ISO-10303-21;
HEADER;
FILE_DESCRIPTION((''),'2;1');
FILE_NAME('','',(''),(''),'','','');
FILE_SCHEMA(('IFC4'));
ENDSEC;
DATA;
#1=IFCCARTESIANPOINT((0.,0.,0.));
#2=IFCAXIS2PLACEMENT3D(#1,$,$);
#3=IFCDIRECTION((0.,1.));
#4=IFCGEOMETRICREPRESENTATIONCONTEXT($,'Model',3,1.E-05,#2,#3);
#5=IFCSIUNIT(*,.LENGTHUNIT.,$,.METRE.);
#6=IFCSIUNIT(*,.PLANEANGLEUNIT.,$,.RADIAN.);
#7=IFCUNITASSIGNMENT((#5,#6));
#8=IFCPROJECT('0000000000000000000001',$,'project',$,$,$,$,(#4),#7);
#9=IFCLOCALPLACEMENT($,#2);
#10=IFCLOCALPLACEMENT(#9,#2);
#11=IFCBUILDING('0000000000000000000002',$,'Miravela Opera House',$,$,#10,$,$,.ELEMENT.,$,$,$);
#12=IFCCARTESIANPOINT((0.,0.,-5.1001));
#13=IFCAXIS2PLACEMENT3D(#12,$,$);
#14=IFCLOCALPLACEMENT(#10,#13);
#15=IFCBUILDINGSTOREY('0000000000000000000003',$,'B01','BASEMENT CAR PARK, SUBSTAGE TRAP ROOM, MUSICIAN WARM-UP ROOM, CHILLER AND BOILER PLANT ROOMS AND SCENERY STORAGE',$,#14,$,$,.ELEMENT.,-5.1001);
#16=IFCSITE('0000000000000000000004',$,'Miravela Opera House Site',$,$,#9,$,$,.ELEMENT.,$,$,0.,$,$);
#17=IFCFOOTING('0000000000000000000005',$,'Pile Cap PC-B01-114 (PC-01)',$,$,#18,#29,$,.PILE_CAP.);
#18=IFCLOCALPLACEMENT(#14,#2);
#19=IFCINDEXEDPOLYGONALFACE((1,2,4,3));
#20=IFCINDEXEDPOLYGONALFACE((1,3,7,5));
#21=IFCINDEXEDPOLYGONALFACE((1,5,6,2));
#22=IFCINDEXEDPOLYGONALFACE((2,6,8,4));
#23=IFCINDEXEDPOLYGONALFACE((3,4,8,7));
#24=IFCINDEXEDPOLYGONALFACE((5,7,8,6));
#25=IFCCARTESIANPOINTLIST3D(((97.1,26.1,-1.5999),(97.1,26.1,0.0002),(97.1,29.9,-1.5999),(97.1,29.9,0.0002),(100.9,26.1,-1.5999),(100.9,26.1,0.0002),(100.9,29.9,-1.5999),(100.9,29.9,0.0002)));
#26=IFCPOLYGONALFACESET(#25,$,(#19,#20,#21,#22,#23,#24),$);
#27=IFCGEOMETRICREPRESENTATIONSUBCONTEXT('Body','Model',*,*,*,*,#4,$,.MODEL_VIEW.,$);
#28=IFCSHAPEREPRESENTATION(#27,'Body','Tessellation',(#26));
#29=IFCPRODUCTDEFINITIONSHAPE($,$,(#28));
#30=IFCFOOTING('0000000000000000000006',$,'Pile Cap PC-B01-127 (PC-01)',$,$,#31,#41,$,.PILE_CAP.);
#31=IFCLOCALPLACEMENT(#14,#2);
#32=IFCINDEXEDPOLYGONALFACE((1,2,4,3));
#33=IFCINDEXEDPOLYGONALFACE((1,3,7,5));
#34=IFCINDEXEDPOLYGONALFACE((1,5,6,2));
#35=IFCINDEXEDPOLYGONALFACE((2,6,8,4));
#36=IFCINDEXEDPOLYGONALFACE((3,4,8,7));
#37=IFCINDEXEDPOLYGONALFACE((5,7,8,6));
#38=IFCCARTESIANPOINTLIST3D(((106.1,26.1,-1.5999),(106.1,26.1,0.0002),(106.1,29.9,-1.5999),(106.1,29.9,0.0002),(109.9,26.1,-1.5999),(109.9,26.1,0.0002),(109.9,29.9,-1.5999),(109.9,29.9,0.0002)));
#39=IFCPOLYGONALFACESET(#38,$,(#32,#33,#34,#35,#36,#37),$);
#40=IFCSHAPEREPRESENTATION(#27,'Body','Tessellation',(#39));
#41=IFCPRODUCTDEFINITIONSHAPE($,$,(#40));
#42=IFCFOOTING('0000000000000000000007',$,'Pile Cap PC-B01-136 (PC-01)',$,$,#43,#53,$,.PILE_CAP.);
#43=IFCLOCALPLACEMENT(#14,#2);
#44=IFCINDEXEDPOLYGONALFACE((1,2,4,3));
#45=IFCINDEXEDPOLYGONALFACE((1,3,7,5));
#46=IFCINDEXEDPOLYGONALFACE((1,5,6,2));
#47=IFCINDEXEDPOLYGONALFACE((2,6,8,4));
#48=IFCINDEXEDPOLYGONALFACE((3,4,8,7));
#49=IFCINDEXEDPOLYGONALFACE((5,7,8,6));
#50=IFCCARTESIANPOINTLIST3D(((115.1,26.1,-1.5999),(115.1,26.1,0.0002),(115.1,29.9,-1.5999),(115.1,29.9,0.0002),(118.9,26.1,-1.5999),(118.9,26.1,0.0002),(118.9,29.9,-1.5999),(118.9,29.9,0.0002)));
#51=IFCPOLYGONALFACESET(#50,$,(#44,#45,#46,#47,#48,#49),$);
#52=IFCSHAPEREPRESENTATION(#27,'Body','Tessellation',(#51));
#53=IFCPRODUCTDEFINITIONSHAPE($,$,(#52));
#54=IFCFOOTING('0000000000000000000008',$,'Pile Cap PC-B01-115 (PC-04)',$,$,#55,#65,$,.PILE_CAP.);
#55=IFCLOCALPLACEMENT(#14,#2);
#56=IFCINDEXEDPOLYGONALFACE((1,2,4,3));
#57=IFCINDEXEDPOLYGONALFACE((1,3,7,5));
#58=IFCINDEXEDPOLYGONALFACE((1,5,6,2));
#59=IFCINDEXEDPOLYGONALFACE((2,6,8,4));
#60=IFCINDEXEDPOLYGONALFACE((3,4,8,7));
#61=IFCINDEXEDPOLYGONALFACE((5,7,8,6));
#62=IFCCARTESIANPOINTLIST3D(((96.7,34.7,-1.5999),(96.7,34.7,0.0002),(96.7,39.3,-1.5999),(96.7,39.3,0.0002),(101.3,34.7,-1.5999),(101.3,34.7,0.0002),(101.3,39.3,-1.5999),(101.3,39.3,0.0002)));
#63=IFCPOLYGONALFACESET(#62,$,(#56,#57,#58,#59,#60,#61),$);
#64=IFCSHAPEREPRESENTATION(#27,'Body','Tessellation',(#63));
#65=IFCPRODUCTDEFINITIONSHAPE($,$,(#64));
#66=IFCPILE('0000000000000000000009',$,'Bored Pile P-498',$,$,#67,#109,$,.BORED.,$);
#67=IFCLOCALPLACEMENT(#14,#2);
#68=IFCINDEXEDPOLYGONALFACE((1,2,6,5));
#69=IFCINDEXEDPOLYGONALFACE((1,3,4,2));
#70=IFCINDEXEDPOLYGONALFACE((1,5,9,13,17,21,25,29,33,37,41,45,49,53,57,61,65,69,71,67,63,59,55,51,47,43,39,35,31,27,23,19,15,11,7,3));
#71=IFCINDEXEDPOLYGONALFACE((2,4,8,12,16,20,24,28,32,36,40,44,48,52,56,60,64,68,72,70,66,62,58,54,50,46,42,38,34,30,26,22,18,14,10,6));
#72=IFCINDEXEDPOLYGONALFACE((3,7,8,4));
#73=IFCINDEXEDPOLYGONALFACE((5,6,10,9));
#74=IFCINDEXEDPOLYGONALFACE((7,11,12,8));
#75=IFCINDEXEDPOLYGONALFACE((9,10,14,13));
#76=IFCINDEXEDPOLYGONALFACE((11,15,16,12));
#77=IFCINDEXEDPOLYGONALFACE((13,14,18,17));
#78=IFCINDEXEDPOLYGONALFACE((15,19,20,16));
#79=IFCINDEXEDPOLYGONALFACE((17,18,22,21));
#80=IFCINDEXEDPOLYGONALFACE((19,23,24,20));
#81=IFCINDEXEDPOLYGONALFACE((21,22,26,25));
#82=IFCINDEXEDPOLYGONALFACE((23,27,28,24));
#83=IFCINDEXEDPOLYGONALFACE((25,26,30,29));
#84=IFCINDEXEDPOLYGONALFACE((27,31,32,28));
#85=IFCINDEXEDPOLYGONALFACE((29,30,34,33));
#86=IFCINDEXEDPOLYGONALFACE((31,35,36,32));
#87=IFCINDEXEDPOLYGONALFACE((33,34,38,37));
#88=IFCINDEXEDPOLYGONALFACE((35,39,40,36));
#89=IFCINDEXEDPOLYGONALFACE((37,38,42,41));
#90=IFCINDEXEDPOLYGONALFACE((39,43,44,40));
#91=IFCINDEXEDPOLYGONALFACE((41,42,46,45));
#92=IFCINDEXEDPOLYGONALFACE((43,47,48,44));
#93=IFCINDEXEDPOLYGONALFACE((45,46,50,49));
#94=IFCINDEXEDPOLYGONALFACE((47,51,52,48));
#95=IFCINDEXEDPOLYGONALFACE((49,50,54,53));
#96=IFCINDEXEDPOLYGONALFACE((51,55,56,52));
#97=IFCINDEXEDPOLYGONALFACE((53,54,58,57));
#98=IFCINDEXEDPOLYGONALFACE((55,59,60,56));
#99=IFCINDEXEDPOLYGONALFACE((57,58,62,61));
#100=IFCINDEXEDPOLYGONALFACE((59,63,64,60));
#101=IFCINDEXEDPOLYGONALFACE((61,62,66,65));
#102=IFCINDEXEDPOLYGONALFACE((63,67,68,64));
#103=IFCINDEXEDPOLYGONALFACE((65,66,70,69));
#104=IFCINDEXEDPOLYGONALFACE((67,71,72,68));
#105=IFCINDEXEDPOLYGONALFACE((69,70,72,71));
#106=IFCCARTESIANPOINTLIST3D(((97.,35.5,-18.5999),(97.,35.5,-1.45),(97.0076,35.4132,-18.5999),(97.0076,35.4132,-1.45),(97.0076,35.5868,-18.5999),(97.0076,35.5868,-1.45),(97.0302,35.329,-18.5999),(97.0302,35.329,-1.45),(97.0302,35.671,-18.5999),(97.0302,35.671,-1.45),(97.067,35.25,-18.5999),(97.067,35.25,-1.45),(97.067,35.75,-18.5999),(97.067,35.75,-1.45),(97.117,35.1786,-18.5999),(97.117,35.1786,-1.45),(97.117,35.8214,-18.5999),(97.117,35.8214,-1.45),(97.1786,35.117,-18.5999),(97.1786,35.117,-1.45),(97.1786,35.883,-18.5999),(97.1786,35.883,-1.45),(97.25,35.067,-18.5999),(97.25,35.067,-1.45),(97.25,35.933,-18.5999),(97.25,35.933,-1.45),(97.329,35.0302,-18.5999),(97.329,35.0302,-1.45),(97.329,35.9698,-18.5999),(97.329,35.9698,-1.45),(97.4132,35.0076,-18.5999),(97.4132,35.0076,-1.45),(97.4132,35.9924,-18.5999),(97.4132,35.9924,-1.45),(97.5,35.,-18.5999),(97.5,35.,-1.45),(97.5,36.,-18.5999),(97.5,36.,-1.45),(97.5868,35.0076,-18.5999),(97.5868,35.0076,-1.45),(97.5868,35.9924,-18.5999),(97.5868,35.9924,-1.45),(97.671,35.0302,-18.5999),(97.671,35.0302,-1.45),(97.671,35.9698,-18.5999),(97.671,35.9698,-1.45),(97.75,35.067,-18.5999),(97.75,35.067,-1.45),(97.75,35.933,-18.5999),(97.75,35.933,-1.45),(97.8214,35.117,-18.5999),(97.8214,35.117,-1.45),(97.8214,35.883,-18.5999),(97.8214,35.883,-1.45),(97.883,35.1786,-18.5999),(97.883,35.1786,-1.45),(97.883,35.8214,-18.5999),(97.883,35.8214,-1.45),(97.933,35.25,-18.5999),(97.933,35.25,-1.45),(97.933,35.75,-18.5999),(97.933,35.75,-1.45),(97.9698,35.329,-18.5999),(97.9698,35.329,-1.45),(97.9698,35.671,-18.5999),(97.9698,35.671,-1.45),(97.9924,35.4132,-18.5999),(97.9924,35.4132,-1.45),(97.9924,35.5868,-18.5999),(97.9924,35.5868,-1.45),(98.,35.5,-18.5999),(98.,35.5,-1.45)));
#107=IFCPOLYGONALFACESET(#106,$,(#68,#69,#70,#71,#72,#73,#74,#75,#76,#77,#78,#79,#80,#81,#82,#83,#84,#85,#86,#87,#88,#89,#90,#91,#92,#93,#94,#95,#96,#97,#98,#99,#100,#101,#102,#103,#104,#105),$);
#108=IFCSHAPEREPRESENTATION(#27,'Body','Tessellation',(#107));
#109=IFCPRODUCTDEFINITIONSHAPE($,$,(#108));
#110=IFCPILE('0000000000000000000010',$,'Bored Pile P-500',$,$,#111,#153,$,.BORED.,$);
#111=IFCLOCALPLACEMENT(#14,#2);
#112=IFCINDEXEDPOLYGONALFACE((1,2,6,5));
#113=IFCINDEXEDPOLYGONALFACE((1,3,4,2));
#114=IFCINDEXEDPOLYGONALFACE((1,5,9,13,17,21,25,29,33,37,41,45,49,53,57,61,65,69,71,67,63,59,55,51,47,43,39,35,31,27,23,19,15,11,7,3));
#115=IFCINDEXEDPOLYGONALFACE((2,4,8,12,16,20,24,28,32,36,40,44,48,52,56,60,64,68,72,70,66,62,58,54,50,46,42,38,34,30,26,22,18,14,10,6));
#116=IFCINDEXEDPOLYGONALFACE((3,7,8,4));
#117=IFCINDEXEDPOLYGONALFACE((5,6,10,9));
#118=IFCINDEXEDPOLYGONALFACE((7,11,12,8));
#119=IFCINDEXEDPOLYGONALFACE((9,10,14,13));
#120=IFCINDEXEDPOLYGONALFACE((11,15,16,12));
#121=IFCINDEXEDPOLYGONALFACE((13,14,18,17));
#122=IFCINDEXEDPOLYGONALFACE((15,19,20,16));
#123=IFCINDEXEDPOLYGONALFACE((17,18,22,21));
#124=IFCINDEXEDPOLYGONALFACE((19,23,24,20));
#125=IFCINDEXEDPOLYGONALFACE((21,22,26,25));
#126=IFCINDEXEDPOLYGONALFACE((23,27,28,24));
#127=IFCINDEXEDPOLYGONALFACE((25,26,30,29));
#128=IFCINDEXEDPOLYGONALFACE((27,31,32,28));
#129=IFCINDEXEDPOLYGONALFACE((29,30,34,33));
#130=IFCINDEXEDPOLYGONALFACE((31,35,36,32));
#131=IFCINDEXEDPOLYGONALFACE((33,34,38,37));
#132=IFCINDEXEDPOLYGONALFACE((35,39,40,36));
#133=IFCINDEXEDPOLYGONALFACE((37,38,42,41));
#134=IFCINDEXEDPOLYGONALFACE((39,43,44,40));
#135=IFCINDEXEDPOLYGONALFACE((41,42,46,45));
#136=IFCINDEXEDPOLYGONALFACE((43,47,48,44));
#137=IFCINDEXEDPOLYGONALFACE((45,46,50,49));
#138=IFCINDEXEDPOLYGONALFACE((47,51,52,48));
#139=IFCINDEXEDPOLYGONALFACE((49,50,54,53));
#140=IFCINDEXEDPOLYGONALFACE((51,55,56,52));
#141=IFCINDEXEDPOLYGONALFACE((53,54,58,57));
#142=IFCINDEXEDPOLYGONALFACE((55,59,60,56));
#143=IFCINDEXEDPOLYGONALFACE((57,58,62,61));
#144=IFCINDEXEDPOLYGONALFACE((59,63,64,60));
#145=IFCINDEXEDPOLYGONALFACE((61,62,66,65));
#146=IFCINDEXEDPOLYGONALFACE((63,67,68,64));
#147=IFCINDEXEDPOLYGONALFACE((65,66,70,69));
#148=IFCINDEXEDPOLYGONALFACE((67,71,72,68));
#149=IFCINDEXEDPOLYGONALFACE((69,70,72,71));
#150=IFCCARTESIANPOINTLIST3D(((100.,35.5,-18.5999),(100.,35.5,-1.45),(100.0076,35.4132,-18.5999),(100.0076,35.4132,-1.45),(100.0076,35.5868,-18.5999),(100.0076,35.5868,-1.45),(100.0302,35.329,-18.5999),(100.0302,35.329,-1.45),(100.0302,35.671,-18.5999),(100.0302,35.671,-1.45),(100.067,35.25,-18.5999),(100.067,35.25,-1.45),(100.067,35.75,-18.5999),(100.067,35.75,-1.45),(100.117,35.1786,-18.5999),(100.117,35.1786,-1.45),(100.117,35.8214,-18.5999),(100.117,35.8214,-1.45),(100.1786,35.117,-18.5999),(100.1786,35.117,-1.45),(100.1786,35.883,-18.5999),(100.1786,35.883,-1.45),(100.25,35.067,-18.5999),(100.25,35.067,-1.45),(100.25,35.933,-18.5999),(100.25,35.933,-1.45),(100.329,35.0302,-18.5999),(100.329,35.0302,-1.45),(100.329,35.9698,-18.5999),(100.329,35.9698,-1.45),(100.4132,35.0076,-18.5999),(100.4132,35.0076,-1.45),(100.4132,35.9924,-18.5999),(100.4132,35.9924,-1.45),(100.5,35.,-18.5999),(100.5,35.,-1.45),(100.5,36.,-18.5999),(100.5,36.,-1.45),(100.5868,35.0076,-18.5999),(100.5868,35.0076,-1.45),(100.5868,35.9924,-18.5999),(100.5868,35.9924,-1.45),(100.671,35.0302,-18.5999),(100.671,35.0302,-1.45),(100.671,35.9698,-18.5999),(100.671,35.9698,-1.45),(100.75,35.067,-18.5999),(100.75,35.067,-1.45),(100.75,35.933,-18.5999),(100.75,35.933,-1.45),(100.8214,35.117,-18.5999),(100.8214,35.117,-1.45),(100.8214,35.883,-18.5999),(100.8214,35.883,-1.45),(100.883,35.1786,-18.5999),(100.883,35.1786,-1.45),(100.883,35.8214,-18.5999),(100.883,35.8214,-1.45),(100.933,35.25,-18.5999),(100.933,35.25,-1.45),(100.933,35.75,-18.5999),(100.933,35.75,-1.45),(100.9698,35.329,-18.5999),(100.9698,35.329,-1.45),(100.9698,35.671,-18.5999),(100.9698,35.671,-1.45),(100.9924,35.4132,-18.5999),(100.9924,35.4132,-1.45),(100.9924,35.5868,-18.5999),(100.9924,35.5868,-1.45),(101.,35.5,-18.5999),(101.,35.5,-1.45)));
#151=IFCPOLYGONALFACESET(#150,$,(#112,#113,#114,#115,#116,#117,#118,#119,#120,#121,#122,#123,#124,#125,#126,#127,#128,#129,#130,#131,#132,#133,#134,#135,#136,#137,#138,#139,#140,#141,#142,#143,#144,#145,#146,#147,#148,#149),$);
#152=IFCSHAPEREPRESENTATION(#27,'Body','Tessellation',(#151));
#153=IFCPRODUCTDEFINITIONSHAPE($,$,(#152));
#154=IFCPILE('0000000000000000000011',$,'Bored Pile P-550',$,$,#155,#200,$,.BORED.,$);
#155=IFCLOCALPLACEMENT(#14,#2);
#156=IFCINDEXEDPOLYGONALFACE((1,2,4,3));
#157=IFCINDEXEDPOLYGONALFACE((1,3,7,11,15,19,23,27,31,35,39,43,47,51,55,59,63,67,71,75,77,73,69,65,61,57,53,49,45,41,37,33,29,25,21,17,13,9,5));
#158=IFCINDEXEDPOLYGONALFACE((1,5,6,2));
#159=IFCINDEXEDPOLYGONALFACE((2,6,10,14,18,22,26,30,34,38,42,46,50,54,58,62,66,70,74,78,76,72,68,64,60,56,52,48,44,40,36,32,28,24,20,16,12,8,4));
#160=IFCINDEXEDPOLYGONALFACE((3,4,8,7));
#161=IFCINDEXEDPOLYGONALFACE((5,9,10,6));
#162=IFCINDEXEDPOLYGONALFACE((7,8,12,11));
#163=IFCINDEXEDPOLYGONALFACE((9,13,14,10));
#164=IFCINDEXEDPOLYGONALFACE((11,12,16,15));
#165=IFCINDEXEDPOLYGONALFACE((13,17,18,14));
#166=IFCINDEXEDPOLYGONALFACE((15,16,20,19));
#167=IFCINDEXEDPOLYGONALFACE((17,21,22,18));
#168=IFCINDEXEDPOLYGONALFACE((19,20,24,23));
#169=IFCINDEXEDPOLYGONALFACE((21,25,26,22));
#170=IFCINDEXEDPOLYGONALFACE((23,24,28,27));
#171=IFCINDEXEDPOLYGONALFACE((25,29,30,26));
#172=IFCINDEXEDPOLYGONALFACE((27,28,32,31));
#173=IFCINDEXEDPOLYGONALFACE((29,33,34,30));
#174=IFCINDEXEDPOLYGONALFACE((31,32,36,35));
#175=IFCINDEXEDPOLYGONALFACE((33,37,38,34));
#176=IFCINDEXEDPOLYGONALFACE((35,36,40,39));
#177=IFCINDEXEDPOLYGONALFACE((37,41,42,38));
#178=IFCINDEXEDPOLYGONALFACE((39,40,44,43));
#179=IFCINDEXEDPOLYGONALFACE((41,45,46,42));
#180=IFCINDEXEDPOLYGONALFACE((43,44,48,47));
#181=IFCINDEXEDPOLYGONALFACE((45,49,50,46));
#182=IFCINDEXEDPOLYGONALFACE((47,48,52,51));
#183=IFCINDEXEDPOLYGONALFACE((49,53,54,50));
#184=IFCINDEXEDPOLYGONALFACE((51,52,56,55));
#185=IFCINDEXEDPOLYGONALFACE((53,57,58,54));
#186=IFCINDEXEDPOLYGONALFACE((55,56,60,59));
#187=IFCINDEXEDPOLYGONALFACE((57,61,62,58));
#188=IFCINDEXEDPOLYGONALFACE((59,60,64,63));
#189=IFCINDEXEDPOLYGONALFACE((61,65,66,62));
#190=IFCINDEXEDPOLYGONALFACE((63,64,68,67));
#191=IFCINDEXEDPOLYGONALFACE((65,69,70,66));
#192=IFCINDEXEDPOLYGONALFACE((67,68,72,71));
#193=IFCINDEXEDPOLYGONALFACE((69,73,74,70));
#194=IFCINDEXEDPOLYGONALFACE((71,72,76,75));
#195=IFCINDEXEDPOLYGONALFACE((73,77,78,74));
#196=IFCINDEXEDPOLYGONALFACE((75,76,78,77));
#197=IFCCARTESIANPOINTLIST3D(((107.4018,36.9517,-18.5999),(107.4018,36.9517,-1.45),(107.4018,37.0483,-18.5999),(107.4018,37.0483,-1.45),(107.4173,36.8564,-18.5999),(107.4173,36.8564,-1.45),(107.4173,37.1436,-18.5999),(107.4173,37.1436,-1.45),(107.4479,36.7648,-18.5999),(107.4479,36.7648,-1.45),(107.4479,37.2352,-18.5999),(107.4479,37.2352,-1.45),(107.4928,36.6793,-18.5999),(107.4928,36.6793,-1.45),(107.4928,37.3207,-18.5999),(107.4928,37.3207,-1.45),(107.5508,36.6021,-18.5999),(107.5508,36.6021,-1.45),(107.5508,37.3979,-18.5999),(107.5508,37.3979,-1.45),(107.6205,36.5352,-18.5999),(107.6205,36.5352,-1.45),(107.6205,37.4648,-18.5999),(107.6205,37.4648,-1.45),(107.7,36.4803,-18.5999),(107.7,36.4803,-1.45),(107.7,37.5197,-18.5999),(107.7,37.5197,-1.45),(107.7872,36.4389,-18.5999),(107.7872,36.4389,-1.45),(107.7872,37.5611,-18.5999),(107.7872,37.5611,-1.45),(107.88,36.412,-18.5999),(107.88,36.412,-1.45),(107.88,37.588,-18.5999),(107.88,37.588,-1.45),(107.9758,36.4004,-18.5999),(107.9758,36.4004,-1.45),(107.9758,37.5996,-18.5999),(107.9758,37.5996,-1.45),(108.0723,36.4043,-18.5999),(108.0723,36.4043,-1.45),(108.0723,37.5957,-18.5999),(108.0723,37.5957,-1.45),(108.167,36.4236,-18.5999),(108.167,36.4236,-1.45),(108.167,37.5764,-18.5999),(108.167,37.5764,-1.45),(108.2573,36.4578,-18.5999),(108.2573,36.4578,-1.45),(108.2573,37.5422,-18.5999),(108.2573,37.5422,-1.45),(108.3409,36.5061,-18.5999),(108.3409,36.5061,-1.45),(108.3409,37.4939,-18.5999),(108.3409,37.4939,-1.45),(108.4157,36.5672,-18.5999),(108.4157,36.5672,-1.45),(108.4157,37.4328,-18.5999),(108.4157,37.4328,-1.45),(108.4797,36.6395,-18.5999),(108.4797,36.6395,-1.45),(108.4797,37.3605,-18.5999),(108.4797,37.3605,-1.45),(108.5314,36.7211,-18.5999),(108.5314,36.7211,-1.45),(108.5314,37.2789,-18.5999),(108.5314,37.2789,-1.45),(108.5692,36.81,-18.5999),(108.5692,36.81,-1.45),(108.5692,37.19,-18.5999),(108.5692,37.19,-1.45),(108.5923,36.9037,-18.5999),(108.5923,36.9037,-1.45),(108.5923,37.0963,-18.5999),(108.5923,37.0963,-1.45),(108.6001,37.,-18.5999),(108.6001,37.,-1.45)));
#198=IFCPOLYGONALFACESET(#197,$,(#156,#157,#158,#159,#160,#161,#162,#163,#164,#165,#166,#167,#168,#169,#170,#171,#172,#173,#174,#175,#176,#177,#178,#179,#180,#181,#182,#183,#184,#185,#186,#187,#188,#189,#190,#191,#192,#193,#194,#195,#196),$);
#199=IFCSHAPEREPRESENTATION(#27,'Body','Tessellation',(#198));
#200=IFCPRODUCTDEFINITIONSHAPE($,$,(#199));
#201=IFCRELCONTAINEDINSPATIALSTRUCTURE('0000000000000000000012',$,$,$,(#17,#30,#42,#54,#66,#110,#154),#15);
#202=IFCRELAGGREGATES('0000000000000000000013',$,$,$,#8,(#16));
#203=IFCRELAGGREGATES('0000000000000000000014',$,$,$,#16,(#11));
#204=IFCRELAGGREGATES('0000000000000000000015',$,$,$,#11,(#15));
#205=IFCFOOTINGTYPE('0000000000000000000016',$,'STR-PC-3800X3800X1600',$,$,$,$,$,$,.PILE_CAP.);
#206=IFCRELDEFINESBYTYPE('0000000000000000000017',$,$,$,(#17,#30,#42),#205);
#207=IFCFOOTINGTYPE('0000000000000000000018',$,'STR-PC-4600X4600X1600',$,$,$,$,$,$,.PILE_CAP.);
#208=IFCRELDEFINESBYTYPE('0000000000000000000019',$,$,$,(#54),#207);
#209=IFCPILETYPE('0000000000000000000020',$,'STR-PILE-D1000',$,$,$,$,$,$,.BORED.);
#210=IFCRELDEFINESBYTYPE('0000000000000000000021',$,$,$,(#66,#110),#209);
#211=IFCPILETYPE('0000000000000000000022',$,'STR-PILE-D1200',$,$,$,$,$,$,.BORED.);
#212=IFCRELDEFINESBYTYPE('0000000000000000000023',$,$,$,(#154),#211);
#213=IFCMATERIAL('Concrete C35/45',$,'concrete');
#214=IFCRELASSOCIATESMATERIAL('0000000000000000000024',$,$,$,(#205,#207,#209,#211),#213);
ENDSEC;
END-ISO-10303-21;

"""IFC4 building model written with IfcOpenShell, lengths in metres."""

from ifc_helpers import new_model, si_unit, direction, frame, origin, origin_2d, place, context, subcontext, project, spatial, rectangle, circle, extrude, material, material_profile, profile_set, type_object, element, save


model = new_model("IFC4")

# Units and contexts
model_context = context("Model", 3, precision=1e-05, world=origin(), true_north=direction((0.0, 1.0)))
body_context = subcontext(model_context, "Body", "Model", "MODEL_VIEW")
ifc_project = project(units=[si_unit("LENGTHUNIT", "METRE"), si_unit("PLANEANGLEUNIT", "RADIAN")], contexts=[model_context])

# Site, building, storey
site_placement = place(None, origin())
site = spatial("IfcSite", under=ifc_project, at=site_placement, Name="Miravela Opera House Site", CompositionType="ELEMENT", RefElevation=0.0)
building_placement = place(site_placement, origin())
building = spatial("IfcBuilding", under=site, at=building_placement, Name="Miravela Opera House", CompositionType="ELEMENT")
storey_placement = place(building_placement, frame((0.0, 0.0, -5.1001)))
storey = spatial("IfcBuildingStorey", under=building, at=storey_placement, Name="B01", Description="BASEMENT CAR PARK, SUBSTAGE TRAP ROOM, MUSICIAN WARM-UP ROOM, CHILLER AND BOILER PLANT ROOMS AND SCENERY STORAGE", CompositionType="ELEMENT", Elevation=-5.1001)

# Footings
ifc_material_1 = material(Name="Concrete C35/45", Category="concrete")
footing_type_1 = type_object("IfcFootingType", Name="STR-PC-3800X3800X1600", PredefinedType="PILE_CAP", material=ifc_material_1)
for number, where, z_axis, x_axis, name in (
    (1, (99.0, 28.0, -1.5999), (0.0, 0.0, 1.0), (1.0, 0.0, 0.0), "Pile Cap PC-B01-114 (PC-01)"),
    (2, (108.0, 28.0, -1.5999), (0.0, 0.0, 1.0), (1.0, 0.0, 0.0), "Pile Cap PC-B01-127 (PC-01)"),
    (3, (117.0, 28.0, -1.5999), (0.0, 0.0, 1.0), (1.0, 0.0, 0.0), "Pile Cap PC-B01-136 (PC-01)"),
):
    element("IfcFooting", number, at=place(storey_placement, frame(where, z_axis=z_axis, x_axis=x_axis)), inside=storey, type_object=footing_type_1, Name=name, PredefinedType="PILE_CAP", context=body_context, shape_type="SweptSolid", body=[
        extrude(rectangle(XDim=3.8, YDim=3.8, at=origin_2d()), origin(), (0.0, 0.0, 1.0), 1.6001),
    ])
footing_type_2 = type_object("IfcFootingType", Name="STR-PC-4600X4600X1600", PredefinedType="PILE_CAP", material=ifc_material_1)
footing_placement = place(storey_placement, frame((99.0, 37.0, -1.5999), z_axis=(0.0, 0.0, 1.0), x_axis=(1.0, 0.0, 0.0)))
element("IfcFooting", 4, at=footing_placement, inside=storey, type_object=footing_type_2, Name="Pile Cap PC-B01-115 (PC-04)", PredefinedType="PILE_CAP", context=body_context, shape_type="SweptSolid", body=[
    extrude(rectangle(XDim=4.6001, YDim=4.6001, at=origin_2d()), origin(), (0.0, 0.0, 1.0), 1.6001),
])

# Piles
ifc_material_profile_1 = material_profile(ifc_material_1, circle(Radius=0.5, at=origin_2d()), Name="PILE-D1000")
ifc_profile_set_1 = profile_set([ifc_material_profile_1])
pile_type_1 = type_object("IfcPileType", Name="STR-PILE-D1000", PredefinedType="BORED", material=ifc_profile_set_1)
for number, where, z_axis, x_axis, name in (
    (5, (97.5, 35.5, -1.45), (0.0, 0.0, -1.0), (1.0, 0.0, 0.0), "Bored Pile P-498"),
    (6, (100.5, 35.5, -1.45), (0.0, 0.0, -1.0), (1.0, 0.0, 0.0), "Bored Pile P-500"),
):
    element("IfcPile", number, at=place(storey_placement, frame(where, z_axis=z_axis, x_axis=x_axis)), inside=storey, type_object=pile_type_1, Name=name, PredefinedType="BORED", context=body_context, shape_type="SweptSolid", body=[
        extrude(circle(Radius=0.5, at=origin_2d()), origin(), (0.0, 0.0, 1.0), 17.1499),
    ])
ifc_material_profile_2 = material_profile(ifc_material_1, circle(Radius=0.6001, at=origin_2d()), Name="PILE-D1200")
ifc_profile_set_2 = profile_set([ifc_material_profile_2])
pile_type_2 = type_object("IfcPileType", Name="STR-PILE-D1200", PredefinedType="BORED", material=ifc_profile_set_2)
for number, where, z_axis, x_axis, name in (
    (7, (108.0, 37.0, -1.45), (0.0, 0.0, -1.0), (1.0, 0.0, 0.0), "Bored Pile P-550"),
):
    element("IfcPile", number, at=place(storey_placement, frame(where, z_axis=z_axis, x_axis=x_axis)), inside=storey, type_object=pile_type_2, Name=name, PredefinedType="BORED", context=body_context, shape_type="SweptSolid", body=[
        extrude(circle(Radius=0.6001, at=origin_2d()), origin(), (0.0, 0.0, 1.0), 17.1499),
    ])

save(model, "model.ifc")
